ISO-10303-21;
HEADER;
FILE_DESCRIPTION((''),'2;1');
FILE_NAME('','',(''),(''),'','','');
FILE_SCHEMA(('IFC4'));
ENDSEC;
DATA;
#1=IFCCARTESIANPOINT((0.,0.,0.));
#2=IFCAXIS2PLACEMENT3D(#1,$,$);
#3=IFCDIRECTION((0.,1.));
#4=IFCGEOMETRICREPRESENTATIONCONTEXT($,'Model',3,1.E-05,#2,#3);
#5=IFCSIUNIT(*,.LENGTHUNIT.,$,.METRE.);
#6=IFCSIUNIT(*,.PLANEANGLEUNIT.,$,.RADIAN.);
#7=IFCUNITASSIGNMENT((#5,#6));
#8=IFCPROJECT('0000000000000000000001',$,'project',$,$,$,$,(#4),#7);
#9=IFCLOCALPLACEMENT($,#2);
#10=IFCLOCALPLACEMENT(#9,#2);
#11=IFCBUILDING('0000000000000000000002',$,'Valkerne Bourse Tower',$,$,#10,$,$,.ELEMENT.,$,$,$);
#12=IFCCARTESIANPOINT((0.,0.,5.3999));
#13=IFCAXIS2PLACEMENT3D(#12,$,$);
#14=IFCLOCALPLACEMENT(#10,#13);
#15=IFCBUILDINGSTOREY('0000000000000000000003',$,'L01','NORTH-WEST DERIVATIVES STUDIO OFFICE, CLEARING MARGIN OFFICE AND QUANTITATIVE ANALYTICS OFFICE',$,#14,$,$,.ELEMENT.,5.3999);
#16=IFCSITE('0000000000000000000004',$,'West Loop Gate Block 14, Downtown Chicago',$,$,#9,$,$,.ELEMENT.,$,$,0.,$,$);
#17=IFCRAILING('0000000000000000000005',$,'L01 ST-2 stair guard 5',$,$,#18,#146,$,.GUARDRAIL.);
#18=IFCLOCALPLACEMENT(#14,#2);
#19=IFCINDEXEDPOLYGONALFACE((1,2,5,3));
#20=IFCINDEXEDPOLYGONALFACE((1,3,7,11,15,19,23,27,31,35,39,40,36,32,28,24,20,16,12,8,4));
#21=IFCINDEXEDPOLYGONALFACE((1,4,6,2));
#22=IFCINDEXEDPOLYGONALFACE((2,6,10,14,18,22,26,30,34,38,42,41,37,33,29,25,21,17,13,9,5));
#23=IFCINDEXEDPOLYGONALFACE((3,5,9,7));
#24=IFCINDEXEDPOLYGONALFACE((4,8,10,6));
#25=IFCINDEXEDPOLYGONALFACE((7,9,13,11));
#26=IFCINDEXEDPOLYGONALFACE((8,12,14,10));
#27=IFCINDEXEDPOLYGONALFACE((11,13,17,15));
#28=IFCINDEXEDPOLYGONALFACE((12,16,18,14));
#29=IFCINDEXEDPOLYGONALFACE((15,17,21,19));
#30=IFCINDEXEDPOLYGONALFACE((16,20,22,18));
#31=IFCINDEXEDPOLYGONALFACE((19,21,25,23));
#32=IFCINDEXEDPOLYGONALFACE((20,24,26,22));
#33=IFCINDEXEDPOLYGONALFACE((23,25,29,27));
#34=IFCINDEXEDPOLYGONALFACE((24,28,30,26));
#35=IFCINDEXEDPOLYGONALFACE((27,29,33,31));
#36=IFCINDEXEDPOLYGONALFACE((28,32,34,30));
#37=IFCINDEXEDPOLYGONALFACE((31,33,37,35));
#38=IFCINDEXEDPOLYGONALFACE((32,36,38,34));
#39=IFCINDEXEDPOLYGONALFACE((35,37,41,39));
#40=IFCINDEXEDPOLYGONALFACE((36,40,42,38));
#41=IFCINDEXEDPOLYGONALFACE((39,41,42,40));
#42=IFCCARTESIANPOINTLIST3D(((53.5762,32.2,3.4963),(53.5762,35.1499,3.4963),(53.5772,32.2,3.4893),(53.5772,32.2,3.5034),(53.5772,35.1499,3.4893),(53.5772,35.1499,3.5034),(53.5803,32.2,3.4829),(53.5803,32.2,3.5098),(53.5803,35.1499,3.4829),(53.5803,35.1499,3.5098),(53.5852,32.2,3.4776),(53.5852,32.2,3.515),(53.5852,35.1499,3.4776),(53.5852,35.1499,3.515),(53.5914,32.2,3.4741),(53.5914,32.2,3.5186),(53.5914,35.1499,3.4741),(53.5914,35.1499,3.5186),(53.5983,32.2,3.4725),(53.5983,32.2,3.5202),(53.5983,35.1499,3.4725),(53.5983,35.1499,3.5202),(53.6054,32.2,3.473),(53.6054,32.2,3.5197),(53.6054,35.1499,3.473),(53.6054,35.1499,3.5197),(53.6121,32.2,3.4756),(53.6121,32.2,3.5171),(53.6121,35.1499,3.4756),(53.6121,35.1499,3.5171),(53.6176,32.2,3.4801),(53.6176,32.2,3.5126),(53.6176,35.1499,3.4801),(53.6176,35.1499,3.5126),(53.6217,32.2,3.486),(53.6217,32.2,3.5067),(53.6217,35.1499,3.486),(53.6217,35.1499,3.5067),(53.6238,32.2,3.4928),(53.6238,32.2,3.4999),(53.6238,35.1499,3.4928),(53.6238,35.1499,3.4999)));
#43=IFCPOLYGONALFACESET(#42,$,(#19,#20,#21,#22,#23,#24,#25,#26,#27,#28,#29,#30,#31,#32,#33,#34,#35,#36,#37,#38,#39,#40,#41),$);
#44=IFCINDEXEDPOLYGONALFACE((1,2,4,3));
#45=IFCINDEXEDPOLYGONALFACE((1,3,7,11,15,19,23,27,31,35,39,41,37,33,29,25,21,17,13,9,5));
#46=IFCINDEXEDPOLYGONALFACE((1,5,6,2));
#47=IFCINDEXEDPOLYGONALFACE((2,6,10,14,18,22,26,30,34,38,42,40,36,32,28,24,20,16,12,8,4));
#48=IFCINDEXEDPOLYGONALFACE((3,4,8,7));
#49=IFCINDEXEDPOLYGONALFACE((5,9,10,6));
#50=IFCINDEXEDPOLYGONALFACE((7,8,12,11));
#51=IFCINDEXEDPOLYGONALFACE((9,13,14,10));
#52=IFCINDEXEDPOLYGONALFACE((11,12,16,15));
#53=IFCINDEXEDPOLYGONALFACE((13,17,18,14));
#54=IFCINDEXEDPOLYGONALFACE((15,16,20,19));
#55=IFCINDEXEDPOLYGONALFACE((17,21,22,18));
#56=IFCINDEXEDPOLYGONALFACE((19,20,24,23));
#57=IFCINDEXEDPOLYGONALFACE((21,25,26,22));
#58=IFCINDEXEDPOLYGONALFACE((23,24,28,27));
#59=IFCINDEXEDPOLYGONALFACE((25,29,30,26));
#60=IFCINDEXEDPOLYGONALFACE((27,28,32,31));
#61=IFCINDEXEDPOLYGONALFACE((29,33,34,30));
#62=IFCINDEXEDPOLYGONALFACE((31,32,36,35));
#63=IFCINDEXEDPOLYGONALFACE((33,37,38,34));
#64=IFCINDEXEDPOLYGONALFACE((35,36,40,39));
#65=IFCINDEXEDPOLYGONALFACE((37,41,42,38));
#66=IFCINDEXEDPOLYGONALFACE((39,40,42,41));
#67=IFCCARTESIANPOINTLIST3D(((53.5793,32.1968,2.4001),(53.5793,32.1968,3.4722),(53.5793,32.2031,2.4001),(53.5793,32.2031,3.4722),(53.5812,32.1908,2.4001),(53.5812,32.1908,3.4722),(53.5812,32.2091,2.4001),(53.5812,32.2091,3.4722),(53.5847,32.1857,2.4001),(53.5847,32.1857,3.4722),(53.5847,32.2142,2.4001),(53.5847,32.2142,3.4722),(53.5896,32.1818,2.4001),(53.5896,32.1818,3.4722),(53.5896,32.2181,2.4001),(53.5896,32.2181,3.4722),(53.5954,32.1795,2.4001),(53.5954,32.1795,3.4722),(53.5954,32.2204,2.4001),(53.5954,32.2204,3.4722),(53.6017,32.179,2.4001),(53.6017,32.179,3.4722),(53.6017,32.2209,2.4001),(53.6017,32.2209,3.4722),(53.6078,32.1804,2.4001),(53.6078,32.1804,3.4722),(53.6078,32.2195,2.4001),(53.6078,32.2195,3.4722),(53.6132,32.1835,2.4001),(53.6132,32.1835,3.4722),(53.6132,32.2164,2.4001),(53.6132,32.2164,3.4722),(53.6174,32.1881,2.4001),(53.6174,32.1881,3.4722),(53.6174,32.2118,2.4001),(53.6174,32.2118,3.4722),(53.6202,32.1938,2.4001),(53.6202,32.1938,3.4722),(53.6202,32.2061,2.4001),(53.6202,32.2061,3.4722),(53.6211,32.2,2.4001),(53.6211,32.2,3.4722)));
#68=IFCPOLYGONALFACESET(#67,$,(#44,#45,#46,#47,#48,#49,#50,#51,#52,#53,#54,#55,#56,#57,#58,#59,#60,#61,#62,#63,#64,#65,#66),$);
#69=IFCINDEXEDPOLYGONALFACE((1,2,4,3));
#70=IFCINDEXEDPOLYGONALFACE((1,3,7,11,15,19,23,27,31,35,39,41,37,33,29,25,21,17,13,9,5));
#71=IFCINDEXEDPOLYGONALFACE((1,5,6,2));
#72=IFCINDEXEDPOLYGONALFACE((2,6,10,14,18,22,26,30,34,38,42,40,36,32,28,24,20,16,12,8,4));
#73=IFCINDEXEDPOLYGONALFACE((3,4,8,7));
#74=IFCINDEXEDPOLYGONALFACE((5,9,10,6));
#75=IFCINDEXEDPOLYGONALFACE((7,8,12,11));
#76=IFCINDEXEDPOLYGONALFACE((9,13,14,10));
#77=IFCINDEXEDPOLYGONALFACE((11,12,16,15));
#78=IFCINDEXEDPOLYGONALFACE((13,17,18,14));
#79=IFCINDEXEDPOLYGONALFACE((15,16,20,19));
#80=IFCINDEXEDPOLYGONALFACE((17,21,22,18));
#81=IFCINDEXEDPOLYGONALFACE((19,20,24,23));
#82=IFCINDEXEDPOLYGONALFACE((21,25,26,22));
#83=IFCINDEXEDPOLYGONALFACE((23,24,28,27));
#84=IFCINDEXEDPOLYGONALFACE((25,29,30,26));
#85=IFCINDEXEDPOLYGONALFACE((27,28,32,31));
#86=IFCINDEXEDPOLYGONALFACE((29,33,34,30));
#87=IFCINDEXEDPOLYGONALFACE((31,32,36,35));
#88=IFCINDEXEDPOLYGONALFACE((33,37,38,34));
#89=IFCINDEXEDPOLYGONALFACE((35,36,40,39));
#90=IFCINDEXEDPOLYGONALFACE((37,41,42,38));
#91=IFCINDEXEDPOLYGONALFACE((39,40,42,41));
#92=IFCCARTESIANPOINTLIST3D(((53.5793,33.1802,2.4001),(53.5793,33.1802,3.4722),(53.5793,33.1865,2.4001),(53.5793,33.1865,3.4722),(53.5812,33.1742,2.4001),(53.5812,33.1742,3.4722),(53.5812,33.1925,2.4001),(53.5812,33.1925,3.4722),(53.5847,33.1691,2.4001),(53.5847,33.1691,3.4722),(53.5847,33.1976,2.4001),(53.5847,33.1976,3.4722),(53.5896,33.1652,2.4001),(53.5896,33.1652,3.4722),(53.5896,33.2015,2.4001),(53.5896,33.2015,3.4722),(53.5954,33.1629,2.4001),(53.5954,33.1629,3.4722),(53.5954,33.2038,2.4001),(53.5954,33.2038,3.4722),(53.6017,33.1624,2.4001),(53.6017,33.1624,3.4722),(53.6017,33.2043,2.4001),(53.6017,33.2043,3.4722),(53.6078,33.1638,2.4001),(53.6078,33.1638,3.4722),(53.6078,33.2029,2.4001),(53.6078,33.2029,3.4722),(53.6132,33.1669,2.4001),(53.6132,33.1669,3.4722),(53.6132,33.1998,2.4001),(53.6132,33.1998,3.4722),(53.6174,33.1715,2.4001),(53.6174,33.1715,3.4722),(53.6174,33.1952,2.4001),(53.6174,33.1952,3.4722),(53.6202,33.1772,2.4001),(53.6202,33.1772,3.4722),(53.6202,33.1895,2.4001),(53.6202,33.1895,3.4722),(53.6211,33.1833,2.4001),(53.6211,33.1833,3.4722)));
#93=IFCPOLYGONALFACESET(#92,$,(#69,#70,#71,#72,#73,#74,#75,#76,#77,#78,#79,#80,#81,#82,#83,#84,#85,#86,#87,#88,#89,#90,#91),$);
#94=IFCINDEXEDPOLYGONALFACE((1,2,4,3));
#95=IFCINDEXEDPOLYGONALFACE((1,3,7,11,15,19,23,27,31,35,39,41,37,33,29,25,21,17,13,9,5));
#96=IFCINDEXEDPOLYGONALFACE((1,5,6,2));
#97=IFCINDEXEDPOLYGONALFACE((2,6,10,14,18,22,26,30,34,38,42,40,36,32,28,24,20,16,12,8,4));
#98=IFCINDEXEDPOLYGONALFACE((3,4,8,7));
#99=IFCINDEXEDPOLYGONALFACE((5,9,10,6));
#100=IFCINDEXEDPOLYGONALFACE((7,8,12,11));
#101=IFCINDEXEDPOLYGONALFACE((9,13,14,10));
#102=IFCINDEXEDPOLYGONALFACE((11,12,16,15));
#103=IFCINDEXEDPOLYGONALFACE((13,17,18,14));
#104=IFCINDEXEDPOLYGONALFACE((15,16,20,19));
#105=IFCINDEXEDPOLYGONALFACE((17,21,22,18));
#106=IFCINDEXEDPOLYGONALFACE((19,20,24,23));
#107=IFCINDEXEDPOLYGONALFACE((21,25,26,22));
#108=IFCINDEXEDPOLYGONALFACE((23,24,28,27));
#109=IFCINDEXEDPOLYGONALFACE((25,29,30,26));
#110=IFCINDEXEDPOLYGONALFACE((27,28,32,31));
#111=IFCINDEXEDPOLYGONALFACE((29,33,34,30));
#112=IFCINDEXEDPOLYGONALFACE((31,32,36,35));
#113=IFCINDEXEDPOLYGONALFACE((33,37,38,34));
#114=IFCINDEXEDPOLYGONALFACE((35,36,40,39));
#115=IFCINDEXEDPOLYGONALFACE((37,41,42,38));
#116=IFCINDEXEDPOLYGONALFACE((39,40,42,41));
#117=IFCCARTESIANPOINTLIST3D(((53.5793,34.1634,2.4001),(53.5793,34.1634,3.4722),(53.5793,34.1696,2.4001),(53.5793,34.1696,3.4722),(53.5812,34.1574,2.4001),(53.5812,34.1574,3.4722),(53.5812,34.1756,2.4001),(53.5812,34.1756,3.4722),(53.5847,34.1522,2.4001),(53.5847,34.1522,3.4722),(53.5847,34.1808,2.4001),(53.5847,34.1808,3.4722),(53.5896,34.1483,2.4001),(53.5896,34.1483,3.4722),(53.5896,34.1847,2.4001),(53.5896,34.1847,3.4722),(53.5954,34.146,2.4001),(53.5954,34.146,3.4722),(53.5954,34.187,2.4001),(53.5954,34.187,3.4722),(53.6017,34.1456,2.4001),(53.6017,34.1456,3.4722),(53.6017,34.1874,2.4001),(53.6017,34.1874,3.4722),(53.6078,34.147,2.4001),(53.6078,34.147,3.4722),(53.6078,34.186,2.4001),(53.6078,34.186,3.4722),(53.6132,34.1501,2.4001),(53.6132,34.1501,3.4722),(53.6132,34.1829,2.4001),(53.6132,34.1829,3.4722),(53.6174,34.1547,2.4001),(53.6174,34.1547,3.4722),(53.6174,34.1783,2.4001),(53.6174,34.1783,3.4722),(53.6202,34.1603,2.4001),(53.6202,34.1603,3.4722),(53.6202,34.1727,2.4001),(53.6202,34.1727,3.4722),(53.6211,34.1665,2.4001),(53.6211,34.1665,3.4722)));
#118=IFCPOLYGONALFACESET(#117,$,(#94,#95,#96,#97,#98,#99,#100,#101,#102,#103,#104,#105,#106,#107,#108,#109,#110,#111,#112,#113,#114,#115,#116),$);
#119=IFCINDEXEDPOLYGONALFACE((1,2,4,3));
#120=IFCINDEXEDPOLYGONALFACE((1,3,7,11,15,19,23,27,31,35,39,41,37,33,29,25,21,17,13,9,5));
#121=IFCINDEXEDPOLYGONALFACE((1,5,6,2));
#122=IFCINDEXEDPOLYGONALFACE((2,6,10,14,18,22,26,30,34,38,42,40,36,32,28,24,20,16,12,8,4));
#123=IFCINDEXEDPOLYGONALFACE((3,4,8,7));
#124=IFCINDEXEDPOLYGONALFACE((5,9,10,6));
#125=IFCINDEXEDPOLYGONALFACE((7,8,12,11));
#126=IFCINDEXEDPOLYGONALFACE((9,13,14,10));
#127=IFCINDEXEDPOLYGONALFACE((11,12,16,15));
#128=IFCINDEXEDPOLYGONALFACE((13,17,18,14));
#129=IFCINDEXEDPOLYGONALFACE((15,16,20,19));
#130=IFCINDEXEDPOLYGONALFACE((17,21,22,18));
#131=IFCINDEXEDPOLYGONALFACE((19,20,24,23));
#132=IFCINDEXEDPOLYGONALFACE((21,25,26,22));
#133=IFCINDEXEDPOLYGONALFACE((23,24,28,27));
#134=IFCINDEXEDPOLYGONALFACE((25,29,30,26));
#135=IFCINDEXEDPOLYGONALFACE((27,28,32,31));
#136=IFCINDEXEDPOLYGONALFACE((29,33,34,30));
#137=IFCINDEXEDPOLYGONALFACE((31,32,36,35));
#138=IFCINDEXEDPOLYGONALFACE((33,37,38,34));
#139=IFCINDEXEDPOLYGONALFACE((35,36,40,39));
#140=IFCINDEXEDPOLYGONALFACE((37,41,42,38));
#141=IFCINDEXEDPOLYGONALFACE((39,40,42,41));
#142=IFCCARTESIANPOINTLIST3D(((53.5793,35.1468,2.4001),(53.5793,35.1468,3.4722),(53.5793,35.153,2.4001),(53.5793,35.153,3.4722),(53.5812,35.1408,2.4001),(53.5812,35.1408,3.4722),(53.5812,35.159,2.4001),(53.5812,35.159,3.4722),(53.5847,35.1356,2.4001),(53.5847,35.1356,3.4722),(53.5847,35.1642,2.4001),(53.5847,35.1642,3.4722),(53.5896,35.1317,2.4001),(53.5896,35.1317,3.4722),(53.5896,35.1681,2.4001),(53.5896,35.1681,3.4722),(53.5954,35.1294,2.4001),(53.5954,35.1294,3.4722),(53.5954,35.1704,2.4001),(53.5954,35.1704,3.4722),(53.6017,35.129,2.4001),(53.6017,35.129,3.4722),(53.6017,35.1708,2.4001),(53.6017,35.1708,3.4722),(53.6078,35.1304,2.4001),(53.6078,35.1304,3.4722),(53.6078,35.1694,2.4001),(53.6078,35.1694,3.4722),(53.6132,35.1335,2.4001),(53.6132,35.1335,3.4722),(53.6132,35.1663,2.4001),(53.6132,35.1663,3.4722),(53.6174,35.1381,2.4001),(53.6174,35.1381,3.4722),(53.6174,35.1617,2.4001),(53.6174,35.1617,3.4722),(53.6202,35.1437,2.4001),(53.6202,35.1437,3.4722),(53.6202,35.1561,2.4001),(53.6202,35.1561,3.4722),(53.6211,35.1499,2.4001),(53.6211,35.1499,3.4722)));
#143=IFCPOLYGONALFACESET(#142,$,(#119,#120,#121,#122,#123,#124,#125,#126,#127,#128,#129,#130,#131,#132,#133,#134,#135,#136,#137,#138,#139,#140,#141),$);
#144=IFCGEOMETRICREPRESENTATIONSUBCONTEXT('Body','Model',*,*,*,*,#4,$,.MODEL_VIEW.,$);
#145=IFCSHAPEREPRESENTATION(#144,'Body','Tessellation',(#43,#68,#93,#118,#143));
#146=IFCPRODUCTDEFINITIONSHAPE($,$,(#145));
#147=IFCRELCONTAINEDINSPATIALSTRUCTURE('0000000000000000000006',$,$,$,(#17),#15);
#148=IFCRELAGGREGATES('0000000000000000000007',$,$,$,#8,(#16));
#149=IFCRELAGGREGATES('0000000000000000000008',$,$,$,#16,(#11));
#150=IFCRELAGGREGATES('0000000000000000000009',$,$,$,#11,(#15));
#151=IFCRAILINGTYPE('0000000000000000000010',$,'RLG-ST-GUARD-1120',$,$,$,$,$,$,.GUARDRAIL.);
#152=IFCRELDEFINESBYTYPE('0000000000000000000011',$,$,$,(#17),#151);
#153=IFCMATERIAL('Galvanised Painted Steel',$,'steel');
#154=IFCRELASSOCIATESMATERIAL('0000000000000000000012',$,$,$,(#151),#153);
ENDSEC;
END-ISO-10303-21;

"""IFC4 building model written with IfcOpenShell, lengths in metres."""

from ifc_helpers import new_model, si_unit, direction, frame, origin, origin_2d, place, context, subcontext, project, spatial, circle, extrude, material, type_object, element, save


model = new_model("IFC4")

# Units and contexts
model_context = context("Model", 3, precision=1e-05, world=origin(), true_north=direction((0.0, 1.0)))
body_context = subcontext(model_context, "Body", "Model", "MODEL_VIEW")
ifc_project = project(units=[si_unit("LENGTHUNIT", "METRE"), si_unit("PLANEANGLEUNIT", "RADIAN")], contexts=[model_context])

# Site, building, storey
site_placement = place(None, origin())
site = spatial("IfcSite", under=ifc_project, at=site_placement, Name="West Loop Gate Block 14, Downtown Chicago", CompositionType="ELEMENT", RefElevation=0.0)
building_placement = place(site_placement, origin())
building = spatial("IfcBuilding", under=site, at=building_placement, Name="Valkerne Bourse Tower", CompositionType="ELEMENT")
storey_placement = place(building_placement, frame((0.0, 0.0, 5.3999)))
storey = spatial("IfcBuildingStorey", under=building, at=storey_placement, Name="L01", Description="NORTH-WEST DERIVATIVES STUDIO OFFICE, CLEARING MARGIN OFFICE AND QUANTITATIVE ANALYTICS OFFICE", CompositionType="ELEMENT", Elevation=5.3999)

# Shared definitions
ifc_material_1 = material(Name="Galvanised Painted Steel", Category="steel")

# Railing
railing_type_1 = type_object("IfcRailingType", Name="RLG-ST-GUARD-1120", PredefinedType="GUARDRAIL", material=ifc_material_1)
railing_1_placement = place(storey_placement, frame((53.6001, 32.2, 2.4001)))
element("IfcRailing", 1, at=railing_1_placement, inside=storey, type_object=railing_type_1, Name="L01 ST-2 stair guard 5", PredefinedType="GUARDRAIL", context=body_context, shape_type="SweptSolid", body=[
    extrude(circle(Radius=0.0239, at=origin_2d()), frame((0.0, 0.0, 1.0962), z_axis=(0.0, 1.0, 0.0), x_axis=(-1.0, 0.0, 0.0)), (0.0, 0.0, 1.0), 2.95),
    extrude(circle(Radius=0.021, at=origin_2d()), origin(), (0.0, 0.0, 1.0), 1.072),
    extrude(circle(Radius=0.021, at=origin_2d()), frame((0.0, 0.9834, 0.0)), (0.0, 0.0, 1.0), 1.072),
    extrude(circle(Radius=0.021, at=origin_2d()), frame((0.0, 1.9666, 0.0)), (0.0, 0.0, 1.0), 1.072),
    extrude(circle(Radius=0.021, at=origin_2d()), frame((0.0, 2.95, 0.0)), (0.0, 0.0, 1.0), 1.072),
])

save(model, "model.ifc")
